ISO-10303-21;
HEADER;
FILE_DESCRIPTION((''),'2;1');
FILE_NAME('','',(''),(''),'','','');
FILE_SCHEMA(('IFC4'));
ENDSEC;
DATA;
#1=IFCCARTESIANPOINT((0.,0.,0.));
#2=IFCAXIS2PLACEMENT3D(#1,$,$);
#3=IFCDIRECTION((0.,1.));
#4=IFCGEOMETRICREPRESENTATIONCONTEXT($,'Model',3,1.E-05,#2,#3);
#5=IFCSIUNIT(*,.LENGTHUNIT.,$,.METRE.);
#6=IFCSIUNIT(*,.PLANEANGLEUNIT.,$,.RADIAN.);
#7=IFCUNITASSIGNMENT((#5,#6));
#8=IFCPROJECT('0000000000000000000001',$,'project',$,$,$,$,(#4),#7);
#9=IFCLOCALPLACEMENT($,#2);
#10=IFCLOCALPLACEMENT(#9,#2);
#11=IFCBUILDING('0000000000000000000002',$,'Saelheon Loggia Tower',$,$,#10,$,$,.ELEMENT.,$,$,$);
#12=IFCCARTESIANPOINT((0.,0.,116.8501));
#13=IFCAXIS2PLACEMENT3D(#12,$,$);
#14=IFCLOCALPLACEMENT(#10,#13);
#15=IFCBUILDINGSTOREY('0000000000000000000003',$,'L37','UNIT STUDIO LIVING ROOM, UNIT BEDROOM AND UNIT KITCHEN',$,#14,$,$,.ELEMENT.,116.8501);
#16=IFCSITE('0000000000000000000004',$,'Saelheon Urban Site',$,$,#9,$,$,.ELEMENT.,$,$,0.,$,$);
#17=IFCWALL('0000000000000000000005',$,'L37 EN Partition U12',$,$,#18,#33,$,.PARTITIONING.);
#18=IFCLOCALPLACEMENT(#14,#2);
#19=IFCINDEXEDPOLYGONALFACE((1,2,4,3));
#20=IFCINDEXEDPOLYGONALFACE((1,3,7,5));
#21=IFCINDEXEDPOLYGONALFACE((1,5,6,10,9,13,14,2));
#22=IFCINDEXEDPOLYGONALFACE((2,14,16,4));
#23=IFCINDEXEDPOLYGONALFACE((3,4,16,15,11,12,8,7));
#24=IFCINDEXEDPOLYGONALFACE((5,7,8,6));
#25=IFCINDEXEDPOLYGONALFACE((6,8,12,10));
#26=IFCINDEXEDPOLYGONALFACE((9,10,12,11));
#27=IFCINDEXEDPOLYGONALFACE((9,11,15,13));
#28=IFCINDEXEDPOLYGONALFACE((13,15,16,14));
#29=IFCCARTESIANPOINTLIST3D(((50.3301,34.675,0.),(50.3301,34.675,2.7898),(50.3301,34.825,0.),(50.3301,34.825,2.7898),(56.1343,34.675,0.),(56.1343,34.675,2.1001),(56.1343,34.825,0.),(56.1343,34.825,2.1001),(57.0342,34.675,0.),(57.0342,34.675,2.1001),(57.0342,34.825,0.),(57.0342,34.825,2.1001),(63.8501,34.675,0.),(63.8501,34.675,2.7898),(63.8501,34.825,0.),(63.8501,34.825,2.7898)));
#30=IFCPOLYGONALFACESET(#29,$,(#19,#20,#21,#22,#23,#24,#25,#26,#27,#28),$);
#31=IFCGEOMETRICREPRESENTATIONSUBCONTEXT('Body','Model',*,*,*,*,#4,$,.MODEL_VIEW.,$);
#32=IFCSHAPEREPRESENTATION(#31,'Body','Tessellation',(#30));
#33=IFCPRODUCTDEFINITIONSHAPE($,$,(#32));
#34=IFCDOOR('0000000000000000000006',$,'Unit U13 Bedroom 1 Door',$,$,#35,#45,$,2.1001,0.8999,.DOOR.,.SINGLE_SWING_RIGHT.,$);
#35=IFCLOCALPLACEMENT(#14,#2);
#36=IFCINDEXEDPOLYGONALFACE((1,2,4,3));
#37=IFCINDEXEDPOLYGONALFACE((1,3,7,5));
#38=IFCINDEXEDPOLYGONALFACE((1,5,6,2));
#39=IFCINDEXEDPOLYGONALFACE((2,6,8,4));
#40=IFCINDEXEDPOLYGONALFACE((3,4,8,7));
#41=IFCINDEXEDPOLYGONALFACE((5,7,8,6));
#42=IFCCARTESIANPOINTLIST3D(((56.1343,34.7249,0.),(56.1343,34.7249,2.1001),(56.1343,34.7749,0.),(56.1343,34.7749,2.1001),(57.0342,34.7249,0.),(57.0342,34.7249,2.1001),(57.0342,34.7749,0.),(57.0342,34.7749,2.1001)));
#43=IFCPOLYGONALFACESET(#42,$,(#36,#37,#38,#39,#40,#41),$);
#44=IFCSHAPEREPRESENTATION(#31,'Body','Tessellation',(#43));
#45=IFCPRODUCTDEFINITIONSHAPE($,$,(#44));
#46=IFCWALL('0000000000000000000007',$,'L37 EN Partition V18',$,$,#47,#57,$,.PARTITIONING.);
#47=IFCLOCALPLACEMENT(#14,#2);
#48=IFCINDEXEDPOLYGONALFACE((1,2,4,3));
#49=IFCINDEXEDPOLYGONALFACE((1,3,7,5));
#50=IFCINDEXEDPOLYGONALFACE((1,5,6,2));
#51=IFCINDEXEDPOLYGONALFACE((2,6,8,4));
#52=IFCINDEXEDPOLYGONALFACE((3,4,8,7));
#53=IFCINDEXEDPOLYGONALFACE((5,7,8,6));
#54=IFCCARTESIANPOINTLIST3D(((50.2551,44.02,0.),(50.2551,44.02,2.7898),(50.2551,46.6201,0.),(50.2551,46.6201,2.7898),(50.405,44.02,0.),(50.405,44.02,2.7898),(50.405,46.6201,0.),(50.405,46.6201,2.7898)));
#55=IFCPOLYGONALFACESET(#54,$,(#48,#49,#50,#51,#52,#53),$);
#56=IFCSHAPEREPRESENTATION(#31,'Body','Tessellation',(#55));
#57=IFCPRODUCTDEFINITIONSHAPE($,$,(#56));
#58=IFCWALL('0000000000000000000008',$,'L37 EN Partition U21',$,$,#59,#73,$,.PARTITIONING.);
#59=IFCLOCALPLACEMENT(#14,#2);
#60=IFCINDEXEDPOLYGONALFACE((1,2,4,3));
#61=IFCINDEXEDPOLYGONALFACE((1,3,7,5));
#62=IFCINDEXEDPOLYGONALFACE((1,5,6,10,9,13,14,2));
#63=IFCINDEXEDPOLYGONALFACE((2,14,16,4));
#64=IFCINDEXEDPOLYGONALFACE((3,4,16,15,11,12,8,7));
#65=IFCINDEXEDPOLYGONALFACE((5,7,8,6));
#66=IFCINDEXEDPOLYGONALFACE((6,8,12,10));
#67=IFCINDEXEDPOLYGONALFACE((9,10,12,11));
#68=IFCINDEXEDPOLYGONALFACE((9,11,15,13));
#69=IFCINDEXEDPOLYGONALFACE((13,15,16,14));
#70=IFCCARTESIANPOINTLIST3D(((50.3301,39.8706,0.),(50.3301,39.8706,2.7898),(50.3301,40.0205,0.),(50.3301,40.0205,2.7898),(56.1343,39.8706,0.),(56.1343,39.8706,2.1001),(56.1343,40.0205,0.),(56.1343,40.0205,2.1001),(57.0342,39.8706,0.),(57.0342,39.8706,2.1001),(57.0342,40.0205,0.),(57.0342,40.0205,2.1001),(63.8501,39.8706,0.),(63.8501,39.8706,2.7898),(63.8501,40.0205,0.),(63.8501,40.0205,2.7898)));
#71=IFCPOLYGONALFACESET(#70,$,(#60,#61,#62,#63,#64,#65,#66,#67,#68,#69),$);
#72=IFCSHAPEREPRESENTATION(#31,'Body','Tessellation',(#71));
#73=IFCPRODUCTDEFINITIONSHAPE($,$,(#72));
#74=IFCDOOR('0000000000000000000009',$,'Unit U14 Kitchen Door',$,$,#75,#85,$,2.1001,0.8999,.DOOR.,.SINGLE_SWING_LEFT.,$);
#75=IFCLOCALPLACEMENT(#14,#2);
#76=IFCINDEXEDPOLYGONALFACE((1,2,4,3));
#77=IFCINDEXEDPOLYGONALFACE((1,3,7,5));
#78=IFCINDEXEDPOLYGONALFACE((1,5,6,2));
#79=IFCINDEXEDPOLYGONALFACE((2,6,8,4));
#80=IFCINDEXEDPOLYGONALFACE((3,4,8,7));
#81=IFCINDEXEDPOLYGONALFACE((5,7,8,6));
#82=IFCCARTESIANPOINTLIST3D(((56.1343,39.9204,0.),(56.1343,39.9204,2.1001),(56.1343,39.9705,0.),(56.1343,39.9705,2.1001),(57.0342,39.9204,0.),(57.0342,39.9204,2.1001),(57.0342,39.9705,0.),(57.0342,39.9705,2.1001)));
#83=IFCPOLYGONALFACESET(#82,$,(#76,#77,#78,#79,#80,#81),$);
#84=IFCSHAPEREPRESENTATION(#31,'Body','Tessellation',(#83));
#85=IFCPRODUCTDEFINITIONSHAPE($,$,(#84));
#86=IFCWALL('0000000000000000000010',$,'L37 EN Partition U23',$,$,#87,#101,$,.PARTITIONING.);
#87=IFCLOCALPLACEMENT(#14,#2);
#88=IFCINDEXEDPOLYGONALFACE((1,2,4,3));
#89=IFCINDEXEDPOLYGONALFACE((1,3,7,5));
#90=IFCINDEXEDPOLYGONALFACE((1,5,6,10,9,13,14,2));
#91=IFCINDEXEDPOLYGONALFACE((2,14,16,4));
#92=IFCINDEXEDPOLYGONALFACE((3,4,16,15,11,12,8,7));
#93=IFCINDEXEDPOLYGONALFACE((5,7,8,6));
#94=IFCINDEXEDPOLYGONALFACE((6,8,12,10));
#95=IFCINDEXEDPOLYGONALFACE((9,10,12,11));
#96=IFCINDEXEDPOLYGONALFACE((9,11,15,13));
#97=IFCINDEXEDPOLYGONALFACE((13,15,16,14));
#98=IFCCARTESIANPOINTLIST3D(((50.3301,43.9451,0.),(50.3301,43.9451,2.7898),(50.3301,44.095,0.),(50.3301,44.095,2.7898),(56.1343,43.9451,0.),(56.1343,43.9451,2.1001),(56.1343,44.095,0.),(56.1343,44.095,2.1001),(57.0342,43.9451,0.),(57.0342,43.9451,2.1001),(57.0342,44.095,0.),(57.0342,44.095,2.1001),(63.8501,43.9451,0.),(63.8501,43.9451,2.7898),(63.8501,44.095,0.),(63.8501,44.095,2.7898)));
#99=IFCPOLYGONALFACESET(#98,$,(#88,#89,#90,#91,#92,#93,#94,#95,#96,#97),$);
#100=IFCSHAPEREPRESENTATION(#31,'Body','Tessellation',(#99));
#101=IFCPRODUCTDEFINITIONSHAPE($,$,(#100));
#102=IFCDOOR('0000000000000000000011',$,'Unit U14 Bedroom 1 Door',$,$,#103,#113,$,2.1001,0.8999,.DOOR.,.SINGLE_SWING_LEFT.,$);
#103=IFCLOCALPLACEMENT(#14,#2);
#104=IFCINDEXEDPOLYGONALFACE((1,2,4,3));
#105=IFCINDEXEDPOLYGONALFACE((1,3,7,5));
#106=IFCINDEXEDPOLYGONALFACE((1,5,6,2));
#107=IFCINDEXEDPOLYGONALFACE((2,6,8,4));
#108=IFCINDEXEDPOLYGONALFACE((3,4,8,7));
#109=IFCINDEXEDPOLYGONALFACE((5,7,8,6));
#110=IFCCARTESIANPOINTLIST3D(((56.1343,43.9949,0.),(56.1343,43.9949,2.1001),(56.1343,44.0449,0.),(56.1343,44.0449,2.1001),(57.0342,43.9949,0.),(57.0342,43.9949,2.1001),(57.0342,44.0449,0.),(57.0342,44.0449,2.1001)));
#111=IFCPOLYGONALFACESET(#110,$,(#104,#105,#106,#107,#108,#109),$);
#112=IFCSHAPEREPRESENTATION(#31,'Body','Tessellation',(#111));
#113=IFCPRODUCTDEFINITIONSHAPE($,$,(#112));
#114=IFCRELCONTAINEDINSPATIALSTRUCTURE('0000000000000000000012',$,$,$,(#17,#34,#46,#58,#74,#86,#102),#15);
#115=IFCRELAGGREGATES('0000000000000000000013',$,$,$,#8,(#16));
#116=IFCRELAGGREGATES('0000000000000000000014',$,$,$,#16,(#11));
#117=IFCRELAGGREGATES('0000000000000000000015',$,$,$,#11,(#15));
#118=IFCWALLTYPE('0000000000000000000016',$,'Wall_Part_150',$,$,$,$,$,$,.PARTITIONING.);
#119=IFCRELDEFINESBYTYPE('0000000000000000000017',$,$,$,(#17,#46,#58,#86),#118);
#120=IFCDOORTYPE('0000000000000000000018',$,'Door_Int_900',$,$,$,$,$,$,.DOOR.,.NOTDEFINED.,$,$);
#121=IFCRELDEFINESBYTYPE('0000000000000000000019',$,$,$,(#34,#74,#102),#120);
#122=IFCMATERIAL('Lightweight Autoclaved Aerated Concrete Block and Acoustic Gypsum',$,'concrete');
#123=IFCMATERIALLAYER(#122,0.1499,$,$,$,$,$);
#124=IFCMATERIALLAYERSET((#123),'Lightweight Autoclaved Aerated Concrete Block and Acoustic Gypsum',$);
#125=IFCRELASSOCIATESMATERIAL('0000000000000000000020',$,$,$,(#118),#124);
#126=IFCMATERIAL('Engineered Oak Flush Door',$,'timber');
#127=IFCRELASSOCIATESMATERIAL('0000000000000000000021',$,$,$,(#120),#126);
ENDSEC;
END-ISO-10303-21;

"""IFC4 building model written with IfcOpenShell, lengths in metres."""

from ifc_helpers import new_model, si_unit, direction, frame, frame_2d, origin, place, context, subcontext, project, spatial, rectangle, extrude, source, transform, mapped, material, layer, layer_set, type_object, element, fill, save


model = new_model("IFC4")

# Units and contexts
model_context = context("Model", 3, precision=1e-05, world=origin(), true_north=direction((0.0, 1.0)))
body_context = subcontext(model_context, "Body", "Model", "MODEL_VIEW")
ifc_project = project(units=[si_unit("LENGTHUNIT", "METRE"), si_unit("PLANEANGLEUNIT", "RADIAN")], contexts=[model_context])

# Site, building, storey
site_placement = place(None, origin())
site = spatial("IfcSite", under=ifc_project, at=site_placement, Name="Saelheon Urban Site", CompositionType="ELEMENT", RefElevation=0.0)
building_placement = place(site_placement, origin())
building = spatial("IfcBuilding", under=site, at=building_placement, Name="Saelheon Loggia Tower", CompositionType="ELEMENT")
storey_placement = place(building_placement, frame((0.0, 0.0, 116.8501)))
storey = spatial("IfcBuildingStorey", under=building, at=storey_placement, Name="L37", Description="UNIT STUDIO LIVING ROOM, UNIT BEDROOM AND UNIT KITCHEN", CompositionType="ELEMENT", Elevation=116.8501)

# Shared definitions
ifc_material_1 = material(Name="Lightweight Autoclaved Aerated Concrete Block and Acoustic Gypsum", Category="concrete")
ifc_layer_1 = layer(ifc_material_1, 0.1499)
ifc_layer_set_1 = layer_set([ifc_layer_1], Name="Lightweight Autoclaved Aerated Concrete Block and Acoustic Gypsum")
wall_type = type_object("IfcWallType", Name="Wall_Part_150", PredefinedType="PARTITIONING", material=ifc_layer_set_1)

# Wall, opening, door
wall_1_placement = place(storey_placement, frame((50.3301, 34.75, 0.0), z_axis=(0.0, 0.0, 1.0), x_axis=(1.0, 0.0, 0.0)))
wall_1 = element("IfcWall", 1, at=wall_1_placement, inside=storey, type_object=wall_type, Name="L37 EN Partition U12", PredefinedType="PARTITIONING", context=body_context, shape_type="SweptSolid", body=[
    extrude(rectangle(XDim=13.52, YDim=0.1499, at=frame_2d((6.76, 0.0))), origin(), (0.0, 0.0, 1.0), 2.7898),
])
opening_1_placement = place(wall_1_placement, frame((5.8042, 0.0, 0.0)))
opening_1 = element("IfcOpeningElement", 2, at=opening_1_placement, cuts=wall_1, PredefinedType="OPENING", context=body_context, shape_type="SweptSolid", body=[
    extrude(rectangle(XDim=0.8999, YDim=2.1001, at=frame_2d((0.45, 1.05))), frame((0.0, 0.0869, 0.0), z_axis=(0.0, -1.0, 0.0), x_axis=(1.0, 0.0, 0.0)), (0.0, 0.0, 1.0), 0.1738),
])
ifc_material_2 = material(Name="Engineered Oak Flush Door", Category="timber")
door_type = type_object("IfcDoorType", Name="Door_Int_900", OperationType="NOTDEFINED", PredefinedType="DOOR", material=ifc_material_2)
shared_shape_1 = source(origin(), body_context, "Body", "SweptSolid", [
    extrude(rectangle(XDim=0.8999, YDim=2.1001, at=frame_2d((0.45, 1.05))), frame((0.0, 0.0249, 0.0), z_axis=(0.0, -1.0, 0.0), x_axis=(1.0, 0.0, 0.0)), (0.0, 0.0, 1.0), 0.05),
])
door_1_placement = place(opening_1_placement, origin())
door_1 = element("IfcDoor", 3, at=door_1_placement, inside=storey, type_object=door_type, Name="Unit U13 Bedroom 1 Door", OperationType="SINGLE_SWING_RIGHT", OverallHeight=2.1001, OverallWidth=0.8999, PredefinedType="DOOR", context=body_context, shape_type="MappedRepresentation", body=[
    mapped(shared_shape_1, transform((0.0, 0.0, 0.0), scale=1.0)),
])
fill(opening_1, door_1)

# Wall
wall_2_placement = place(storey_placement, frame((50.3301, 44.02, 0.0), z_axis=(0.0, 0.0, 1.0), x_axis=(0.0, 1.0, 0.0)))
element("IfcWall", 4, at=wall_2_placement, inside=storey, type_object=wall_type, Name="L37 EN Partition V18", PredefinedType="PARTITIONING", context=body_context, shape_type="SweptSolid", body=[
    extrude(rectangle(XDim=2.6001, YDim=0.1499, at=frame_2d((1.3, 0.0))), origin(), (0.0, 0.0, 1.0), 2.7898),
])

# Walls, openings, doors
wall_3_placement = place(storey_placement, frame((50.3301, 39.9456, 0.0), z_axis=(0.0, 0.0, 1.0), x_axis=(1.0, 0.0, 0.0)))
wall_3 = element("IfcWall", 5, at=wall_3_placement, inside=storey, type_object=wall_type, Name="L37 EN Partition U21", PredefinedType="PARTITIONING", context=body_context, shape_type="SweptSolid", body=[
    extrude(rectangle(XDim=13.52, YDim=0.1499, at=frame_2d((6.76, 0.0))), origin(), (0.0, 0.0, 1.0), 2.7898),
])
opening_2_placement = place(wall_3_placement, frame((5.8042, 0.0, 0.0)))
opening_2 = element("IfcOpeningElement", 6, at=opening_2_placement, cuts=wall_3, PredefinedType="OPENING", context=body_context, shape_type="SweptSolid", body=[
    extrude(rectangle(XDim=0.8999, YDim=2.1001, at=frame_2d((0.45, 1.05))), frame((0.0, 0.0869, 0.0), z_axis=(0.0, -1.0, 0.0), x_axis=(1.0, 0.0, 0.0)), (0.0, 0.0, 1.0), 0.1738),
])
door_2_placement = place(opening_2_placement, origin())
door_2 = element("IfcDoor", 7, at=door_2_placement, inside=storey, type_object=door_type, Name="Unit U14 Kitchen Door", OperationType="SINGLE_SWING_LEFT", OverallHeight=2.1001, OverallWidth=0.8999, PredefinedType="DOOR", context=body_context, shape_type="MappedRepresentation", body=[
    mapped(shared_shape_1, transform((0.0, 0.0, 0.0), scale=1.0)),
])
fill(opening_2, door_2)
wall_4_placement = place(storey_placement, frame((50.3301, 44.02, 0.0), z_axis=(0.0, 0.0, 1.0), x_axis=(1.0, 0.0, 0.0)))
wall_4 = element("IfcWall", 8, at=wall_4_placement, inside=storey, type_object=wall_type, Name="L37 EN Partition U23", PredefinedType="PARTITIONING", context=body_context, shape_type="SweptSolid", body=[
    extrude(rectangle(XDim=13.52, YDim=0.1499, at=frame_2d((6.76, 0.0))), origin(), (0.0, 0.0, 1.0), 2.7898),
])
opening_3_placement = place(wall_4_placement, frame((5.8042, 0.0, 0.0)))
opening_3 = element("IfcOpeningElement", 9, at=opening_3_placement, cuts=wall_4, PredefinedType="OPENING", context=body_context, shape_type="SweptSolid", body=[
    extrude(rectangle(XDim=0.8999, YDim=2.1001, at=frame_2d((0.45, 1.05))), frame((0.0, 0.0869, 0.0), z_axis=(0.0, -1.0, 0.0), x_axis=(1.0, 0.0, 0.0)), (0.0, 0.0, 1.0), 0.1738),
])
door_3_placement = place(opening_3_placement, origin())
door_3 = element("IfcDoor", 10, at=door_3_placement, inside=storey, type_object=door_type, Name="Unit U14 Bedroom 1 Door", OperationType="SINGLE_SWING_LEFT", OverallHeight=2.1001, OverallWidth=0.8999, PredefinedType="DOOR", context=body_context, shape_type="MappedRepresentation", body=[
    mapped(shared_shape_1, transform((0.0, 0.0, 0.0), scale=1.0)),
])
fill(opening_3, door_3)

save(model, "model.ifc")
